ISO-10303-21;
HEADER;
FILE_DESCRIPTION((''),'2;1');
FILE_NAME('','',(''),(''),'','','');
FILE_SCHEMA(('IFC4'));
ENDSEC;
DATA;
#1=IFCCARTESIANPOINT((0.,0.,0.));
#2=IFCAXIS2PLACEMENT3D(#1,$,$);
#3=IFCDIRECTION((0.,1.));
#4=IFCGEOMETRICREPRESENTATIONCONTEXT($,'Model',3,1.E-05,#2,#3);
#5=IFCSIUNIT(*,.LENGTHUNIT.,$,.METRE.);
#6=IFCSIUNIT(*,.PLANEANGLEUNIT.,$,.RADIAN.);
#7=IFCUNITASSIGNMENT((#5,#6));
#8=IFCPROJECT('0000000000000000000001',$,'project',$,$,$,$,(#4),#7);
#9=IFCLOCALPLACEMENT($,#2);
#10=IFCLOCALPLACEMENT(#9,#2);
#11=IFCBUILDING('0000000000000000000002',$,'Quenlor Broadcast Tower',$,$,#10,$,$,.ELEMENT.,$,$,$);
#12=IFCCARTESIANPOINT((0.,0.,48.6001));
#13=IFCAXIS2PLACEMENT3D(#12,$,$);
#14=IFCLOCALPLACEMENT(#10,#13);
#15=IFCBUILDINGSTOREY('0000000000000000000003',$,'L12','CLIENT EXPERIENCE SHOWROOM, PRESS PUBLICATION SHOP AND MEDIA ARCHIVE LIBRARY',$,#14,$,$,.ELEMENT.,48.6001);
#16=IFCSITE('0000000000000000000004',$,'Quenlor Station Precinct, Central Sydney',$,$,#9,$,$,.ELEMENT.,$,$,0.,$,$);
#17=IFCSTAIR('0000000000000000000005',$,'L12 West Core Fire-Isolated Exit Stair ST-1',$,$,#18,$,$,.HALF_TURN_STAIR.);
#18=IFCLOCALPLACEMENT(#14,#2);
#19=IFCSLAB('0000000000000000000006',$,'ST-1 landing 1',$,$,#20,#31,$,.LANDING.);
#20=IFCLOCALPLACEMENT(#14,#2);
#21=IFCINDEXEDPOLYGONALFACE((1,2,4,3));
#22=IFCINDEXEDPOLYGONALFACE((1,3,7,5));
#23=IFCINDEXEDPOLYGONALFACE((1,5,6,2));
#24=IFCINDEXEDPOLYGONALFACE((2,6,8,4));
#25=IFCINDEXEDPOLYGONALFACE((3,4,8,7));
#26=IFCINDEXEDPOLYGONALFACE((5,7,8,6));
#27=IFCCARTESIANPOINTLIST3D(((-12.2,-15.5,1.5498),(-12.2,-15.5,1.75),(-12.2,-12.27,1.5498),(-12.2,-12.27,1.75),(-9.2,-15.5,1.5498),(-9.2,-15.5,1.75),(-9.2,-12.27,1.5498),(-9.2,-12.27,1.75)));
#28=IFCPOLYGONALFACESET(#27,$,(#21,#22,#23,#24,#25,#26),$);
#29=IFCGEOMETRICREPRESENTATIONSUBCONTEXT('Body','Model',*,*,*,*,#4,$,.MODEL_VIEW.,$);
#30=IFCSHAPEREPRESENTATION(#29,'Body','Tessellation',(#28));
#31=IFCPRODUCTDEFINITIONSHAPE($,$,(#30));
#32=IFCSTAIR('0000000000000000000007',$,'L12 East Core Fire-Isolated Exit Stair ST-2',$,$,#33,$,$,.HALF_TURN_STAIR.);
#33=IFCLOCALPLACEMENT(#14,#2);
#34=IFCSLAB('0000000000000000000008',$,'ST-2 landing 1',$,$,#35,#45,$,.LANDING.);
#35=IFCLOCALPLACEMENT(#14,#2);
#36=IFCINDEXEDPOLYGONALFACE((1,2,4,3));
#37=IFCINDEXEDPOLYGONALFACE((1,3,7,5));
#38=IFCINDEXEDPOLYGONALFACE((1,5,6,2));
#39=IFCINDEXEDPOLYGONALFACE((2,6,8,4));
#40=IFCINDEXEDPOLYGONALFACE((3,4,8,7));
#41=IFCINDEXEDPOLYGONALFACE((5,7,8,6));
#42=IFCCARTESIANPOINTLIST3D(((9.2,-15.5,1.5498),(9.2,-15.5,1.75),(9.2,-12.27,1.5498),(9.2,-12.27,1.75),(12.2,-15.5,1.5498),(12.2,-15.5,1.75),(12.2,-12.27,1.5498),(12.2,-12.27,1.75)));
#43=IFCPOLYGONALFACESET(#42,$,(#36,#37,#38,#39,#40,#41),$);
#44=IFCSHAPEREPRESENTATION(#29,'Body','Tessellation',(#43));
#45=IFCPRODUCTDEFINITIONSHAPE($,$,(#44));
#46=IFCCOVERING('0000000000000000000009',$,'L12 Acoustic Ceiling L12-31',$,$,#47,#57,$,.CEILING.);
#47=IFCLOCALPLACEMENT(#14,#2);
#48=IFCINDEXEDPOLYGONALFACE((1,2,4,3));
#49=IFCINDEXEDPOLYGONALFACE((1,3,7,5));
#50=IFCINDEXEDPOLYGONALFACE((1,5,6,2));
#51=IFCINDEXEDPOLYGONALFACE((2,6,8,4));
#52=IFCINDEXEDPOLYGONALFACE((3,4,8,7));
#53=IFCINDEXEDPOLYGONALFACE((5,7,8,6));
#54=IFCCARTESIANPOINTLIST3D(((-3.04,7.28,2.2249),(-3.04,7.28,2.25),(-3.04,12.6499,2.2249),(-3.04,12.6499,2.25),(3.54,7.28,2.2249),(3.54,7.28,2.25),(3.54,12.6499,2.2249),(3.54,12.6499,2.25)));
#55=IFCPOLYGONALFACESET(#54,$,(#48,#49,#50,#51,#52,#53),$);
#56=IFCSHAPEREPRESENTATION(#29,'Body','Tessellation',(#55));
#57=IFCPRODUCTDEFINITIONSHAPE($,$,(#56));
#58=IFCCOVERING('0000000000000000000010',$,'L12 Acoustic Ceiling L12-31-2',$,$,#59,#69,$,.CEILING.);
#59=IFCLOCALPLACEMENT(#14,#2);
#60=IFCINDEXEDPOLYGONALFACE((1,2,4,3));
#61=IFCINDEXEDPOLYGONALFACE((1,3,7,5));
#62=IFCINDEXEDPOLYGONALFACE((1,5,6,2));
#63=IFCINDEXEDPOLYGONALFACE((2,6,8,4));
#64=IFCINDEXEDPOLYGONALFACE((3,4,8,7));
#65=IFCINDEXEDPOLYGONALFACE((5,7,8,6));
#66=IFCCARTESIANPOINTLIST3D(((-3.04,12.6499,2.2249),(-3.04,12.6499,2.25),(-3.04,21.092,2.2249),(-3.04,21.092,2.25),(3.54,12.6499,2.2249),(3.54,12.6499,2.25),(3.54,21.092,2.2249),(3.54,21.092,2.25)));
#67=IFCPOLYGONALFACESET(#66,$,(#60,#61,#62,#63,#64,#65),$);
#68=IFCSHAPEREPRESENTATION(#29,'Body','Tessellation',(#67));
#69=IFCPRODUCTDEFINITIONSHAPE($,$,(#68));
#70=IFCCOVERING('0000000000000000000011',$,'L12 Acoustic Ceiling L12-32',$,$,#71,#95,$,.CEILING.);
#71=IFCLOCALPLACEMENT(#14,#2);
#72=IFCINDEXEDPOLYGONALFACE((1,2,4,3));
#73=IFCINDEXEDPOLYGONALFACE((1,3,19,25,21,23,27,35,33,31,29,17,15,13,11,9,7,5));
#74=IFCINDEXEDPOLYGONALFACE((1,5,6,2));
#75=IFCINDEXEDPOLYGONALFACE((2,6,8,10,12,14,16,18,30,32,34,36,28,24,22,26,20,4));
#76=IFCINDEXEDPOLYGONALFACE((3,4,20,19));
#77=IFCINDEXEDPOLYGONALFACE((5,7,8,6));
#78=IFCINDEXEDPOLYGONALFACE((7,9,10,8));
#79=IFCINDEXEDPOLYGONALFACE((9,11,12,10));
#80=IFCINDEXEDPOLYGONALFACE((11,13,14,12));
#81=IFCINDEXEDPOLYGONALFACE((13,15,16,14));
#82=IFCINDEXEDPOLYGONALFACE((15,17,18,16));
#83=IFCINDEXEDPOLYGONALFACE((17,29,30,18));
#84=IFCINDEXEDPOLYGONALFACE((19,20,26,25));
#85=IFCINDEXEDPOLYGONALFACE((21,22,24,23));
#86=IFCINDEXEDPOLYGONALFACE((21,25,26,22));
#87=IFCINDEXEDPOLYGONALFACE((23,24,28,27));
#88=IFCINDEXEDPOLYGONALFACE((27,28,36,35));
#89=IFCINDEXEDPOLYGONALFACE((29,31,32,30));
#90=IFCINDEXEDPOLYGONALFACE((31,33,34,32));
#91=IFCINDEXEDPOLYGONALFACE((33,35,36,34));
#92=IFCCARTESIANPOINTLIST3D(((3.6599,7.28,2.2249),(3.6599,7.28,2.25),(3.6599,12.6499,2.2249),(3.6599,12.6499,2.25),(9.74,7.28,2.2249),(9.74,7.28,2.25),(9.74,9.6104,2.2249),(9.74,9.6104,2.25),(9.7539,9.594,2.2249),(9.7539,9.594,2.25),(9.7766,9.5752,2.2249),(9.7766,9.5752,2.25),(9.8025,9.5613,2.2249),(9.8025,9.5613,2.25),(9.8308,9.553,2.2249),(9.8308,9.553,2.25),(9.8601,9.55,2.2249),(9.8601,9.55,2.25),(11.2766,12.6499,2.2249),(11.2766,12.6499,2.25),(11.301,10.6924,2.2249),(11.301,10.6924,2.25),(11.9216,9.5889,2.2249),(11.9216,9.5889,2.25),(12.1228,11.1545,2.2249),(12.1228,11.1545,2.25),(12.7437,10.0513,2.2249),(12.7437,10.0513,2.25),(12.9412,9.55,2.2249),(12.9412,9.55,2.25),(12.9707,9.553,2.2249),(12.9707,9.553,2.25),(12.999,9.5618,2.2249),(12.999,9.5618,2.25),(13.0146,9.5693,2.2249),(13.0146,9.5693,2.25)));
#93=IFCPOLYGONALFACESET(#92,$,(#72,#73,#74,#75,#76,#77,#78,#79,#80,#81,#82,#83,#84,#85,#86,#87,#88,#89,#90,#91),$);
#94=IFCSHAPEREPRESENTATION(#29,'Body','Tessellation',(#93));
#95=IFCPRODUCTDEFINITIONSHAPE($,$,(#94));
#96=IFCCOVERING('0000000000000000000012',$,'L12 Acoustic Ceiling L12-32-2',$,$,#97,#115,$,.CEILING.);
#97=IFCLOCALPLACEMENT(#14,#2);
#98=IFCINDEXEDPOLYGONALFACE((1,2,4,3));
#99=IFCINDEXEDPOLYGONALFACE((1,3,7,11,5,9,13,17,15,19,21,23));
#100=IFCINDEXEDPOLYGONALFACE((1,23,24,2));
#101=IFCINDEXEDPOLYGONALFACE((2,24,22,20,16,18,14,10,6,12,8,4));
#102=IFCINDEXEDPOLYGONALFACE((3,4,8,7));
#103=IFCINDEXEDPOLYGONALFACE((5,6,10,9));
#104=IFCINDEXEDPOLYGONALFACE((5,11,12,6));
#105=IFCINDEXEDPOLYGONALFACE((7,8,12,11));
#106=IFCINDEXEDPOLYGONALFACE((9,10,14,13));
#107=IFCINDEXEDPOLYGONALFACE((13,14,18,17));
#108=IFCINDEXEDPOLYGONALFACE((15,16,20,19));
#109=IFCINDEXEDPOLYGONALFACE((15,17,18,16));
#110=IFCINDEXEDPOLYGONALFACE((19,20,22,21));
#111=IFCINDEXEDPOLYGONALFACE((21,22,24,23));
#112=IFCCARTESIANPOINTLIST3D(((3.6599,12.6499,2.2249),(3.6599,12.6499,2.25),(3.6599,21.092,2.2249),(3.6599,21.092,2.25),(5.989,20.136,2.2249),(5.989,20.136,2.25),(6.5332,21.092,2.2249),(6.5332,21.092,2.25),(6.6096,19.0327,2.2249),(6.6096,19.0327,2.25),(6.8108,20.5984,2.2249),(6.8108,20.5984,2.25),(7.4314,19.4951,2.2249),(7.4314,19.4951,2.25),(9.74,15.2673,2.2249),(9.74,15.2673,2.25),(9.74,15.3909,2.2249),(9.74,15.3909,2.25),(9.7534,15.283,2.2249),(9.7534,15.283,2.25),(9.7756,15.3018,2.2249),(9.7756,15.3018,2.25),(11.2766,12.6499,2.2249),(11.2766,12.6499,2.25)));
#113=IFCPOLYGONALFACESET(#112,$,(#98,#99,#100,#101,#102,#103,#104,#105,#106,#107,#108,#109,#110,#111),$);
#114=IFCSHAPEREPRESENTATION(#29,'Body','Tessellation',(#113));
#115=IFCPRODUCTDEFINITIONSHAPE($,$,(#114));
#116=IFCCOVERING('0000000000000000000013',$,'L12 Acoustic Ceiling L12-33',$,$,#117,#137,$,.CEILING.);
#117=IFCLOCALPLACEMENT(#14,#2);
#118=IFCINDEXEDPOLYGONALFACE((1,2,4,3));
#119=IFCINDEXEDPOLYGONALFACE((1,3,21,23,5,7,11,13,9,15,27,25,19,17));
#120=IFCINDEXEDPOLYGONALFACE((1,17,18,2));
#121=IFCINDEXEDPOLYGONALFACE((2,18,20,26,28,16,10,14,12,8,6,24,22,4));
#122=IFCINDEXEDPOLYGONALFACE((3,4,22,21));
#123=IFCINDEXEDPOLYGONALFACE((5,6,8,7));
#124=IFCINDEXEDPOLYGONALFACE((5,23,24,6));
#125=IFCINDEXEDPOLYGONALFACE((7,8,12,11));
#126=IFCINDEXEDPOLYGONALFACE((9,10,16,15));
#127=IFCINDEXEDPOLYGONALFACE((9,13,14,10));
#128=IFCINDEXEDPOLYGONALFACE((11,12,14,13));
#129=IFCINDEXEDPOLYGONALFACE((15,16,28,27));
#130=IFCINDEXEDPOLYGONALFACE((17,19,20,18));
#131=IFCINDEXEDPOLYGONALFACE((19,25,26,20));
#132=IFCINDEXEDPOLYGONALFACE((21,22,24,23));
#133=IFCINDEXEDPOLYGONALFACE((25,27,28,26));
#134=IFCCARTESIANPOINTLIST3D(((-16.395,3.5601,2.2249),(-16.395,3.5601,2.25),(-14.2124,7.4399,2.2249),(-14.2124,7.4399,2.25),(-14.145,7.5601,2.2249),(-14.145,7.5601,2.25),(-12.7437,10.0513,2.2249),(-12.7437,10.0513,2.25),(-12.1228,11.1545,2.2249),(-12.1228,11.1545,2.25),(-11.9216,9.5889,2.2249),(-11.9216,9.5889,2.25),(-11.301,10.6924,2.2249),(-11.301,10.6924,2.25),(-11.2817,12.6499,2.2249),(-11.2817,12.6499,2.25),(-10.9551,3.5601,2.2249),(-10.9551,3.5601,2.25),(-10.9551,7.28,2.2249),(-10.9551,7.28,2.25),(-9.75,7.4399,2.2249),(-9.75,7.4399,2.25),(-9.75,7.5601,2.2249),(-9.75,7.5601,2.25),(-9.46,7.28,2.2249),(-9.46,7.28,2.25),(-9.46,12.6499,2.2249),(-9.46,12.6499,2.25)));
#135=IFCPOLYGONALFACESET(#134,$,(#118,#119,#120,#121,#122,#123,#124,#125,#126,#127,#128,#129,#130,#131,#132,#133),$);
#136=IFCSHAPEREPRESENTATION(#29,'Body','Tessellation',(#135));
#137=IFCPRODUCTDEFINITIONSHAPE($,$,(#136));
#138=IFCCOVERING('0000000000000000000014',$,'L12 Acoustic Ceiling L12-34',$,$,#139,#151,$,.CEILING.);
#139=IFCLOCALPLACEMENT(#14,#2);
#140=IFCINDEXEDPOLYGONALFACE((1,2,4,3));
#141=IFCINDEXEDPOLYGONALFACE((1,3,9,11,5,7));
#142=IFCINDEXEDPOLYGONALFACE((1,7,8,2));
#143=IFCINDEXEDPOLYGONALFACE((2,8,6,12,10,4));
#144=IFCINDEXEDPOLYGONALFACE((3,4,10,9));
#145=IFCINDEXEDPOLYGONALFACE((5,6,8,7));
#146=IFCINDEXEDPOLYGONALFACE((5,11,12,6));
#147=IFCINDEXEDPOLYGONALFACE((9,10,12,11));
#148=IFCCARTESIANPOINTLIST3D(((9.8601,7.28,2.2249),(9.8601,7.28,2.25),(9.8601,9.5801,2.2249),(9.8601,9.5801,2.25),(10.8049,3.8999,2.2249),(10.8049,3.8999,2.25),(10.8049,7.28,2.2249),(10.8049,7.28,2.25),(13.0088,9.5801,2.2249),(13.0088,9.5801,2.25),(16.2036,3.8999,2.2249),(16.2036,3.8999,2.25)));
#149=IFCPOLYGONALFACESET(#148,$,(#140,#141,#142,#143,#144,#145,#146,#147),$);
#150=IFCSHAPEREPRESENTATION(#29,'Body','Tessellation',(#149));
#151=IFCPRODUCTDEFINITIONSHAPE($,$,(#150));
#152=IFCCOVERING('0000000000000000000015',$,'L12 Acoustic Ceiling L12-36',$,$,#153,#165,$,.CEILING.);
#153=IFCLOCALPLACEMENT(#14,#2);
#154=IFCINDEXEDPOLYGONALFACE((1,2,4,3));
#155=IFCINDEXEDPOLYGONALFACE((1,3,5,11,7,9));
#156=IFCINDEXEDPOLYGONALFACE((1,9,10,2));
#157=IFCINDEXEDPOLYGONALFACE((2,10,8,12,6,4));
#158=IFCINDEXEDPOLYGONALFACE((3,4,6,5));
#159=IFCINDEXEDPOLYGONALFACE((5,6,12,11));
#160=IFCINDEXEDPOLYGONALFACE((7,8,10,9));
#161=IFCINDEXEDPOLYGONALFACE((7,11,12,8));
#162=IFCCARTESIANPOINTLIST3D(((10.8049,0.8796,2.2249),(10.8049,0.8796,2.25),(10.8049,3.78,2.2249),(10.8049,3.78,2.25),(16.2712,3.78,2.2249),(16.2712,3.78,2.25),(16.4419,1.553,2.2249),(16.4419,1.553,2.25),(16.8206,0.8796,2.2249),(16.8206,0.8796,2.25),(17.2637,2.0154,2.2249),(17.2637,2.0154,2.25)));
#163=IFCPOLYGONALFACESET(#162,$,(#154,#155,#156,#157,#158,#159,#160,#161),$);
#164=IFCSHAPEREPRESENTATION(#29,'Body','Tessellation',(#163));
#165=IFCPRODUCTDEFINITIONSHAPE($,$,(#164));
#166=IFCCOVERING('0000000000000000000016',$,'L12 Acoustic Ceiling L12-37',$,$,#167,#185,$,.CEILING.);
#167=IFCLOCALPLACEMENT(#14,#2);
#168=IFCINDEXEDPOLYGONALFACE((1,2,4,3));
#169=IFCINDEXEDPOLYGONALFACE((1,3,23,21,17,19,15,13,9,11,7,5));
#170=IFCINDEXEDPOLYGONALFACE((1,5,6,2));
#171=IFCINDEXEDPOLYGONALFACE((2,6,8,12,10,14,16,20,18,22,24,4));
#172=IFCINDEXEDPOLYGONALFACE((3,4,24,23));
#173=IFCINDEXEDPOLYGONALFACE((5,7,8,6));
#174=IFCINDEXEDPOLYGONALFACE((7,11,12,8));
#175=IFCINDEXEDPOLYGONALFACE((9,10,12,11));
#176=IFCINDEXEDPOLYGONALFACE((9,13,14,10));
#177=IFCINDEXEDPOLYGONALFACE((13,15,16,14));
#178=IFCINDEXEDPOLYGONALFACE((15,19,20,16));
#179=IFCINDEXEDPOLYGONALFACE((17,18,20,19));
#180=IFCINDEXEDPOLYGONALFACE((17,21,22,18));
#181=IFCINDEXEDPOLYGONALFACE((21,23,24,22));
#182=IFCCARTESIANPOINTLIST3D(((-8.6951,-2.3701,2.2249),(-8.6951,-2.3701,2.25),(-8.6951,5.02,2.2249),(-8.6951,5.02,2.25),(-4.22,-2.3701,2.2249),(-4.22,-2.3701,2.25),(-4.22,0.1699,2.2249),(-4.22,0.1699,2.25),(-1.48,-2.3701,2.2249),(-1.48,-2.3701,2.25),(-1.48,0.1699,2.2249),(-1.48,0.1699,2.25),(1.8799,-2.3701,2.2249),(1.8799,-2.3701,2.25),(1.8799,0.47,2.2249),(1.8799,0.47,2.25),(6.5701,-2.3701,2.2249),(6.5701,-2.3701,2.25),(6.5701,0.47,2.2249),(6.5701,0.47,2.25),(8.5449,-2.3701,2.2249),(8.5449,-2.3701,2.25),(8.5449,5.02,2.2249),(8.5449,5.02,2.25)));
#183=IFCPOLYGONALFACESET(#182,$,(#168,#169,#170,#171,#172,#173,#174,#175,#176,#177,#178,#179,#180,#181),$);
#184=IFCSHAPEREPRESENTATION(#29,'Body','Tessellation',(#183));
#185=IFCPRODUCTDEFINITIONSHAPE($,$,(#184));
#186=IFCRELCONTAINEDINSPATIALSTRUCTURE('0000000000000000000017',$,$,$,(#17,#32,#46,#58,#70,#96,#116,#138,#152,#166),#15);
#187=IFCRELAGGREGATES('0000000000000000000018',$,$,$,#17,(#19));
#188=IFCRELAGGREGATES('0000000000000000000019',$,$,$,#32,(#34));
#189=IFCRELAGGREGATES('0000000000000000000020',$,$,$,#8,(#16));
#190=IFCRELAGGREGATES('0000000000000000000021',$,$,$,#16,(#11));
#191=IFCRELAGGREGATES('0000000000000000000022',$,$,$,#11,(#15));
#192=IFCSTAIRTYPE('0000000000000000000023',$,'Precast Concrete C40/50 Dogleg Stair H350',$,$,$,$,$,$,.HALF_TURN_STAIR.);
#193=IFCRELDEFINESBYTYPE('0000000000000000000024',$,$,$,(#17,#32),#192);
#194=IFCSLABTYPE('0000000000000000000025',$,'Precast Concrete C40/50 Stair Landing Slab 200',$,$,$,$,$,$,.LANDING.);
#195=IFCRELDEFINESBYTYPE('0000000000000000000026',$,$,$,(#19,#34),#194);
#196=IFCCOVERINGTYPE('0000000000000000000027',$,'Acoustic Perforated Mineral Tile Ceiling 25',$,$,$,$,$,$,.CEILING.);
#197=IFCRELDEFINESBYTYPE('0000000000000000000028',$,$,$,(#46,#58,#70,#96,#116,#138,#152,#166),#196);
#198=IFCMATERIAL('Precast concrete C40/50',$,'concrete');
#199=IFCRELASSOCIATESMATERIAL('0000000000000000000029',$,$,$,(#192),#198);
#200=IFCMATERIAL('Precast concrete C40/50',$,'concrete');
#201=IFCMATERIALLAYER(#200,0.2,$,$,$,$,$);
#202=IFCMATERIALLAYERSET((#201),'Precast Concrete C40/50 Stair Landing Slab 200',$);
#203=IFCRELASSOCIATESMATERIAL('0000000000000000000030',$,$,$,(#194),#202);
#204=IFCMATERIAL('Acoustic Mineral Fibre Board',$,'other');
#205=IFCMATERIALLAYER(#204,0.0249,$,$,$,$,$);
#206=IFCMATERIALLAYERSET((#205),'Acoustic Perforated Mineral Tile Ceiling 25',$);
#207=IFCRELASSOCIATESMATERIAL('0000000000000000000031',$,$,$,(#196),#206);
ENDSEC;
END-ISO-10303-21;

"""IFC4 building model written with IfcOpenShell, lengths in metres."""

from ifc_helpers import new_model, si_unit, direction, frame, origin, place, context, subcontext, project, spatial, polyline, outline, extrude, material, layer, layer_set, type_object, element, aggregate, save


model = new_model("IFC4")

# Units and contexts
model_context = context("Model", 3, precision=1e-05, world=origin(), true_north=direction((0.0, 1.0)))
body_context = subcontext(model_context, "Body", "Model", "MODEL_VIEW")
ifc_project = project(units=[si_unit("LENGTHUNIT", "METRE"), si_unit("PLANEANGLEUNIT", "RADIAN")], contexts=[model_context])

# Site, building, storey
site_placement = place(None, origin())
site = spatial("IfcSite", under=ifc_project, at=site_placement, Name="Quenlor Station Precinct, Central Sydney", CompositionType="ELEMENT", RefElevation=0.0)
building_placement = place(site_placement, origin())
building = spatial("IfcBuilding", under=site, at=building_placement, Name="Quenlor Broadcast Tower", CompositionType="ELEMENT")
storey_placement = place(building_placement, frame((0.0, 0.0, 48.6001)))
storey = spatial("IfcBuildingStorey", under=building, at=storey_placement, Name="L12", Description="CLIENT EXPERIENCE SHOWROOM, PRESS PUBLICATION SHOP AND MEDIA ARCHIVE LIBRARY", CompositionType="ELEMENT", Elevation=48.6001)

# Stairs, slabs
ifc_material_1 = material(Name="Precast concrete C40/50", Category="concrete")
stair_type = type_object("IfcStairType", Name="Precast Concrete C40/50 Dogleg Stair H350", PredefinedType="HALF_TURN_STAIR", material=ifc_material_1)
stair_1_placement = place(storey_placement, origin())
stair_1 = element("IfcStair", 1, at=stair_1_placement, inside=storey, type_object=stair_type, Name="L12 West Core Fire-Isolated Exit Stair ST-1", PredefinedType="HALF_TURN_STAIR")
ifc_material_2 = material(Name="Precast concrete C40/50", Category="concrete")
ifc_layer_1 = layer(ifc_material_2, 0.2)
ifc_layer_set_1 = layer_set([ifc_layer_1], Name="Precast Concrete C40/50 Stair Landing Slab 200")
slab_type = type_object("IfcSlabType", Name="Precast Concrete C40/50 Stair Landing Slab 200", PredefinedType="LANDING", material=ifc_layer_set_1)
slab_1_placement = place(storey_placement, frame((0.0, 0.0, 1.5498)))
slab_1 = element("IfcSlab", 2, at=slab_1_placement, type_object=slab_type, Name="ST-1 landing 1", PredefinedType="LANDING", context=body_context, shape_type="SweptSolid", body=[
    extrude(outline(polyline([(-12.2, -12.27), (-12.2, -15.5), (-9.2, -15.5), (-9.2, -12.27), (-12.2, -12.27)])), origin(), (0.0, 0.0, 1.0), 0.2002),
])
aggregate(stair_1, [slab_1])
stair_2_placement = place(storey_placement, origin())
stair_2 = element("IfcStair", 3, at=stair_2_placement, inside=storey, type_object=stair_type, Name="L12 East Core Fire-Isolated Exit Stair ST-2", PredefinedType="HALF_TURN_STAIR")
slab_2_placement = place(storey_placement, frame((0.0, 0.0, 1.5498)))
slab_2 = element("IfcSlab", 4, at=slab_2_placement, type_object=slab_type, Name="ST-2 landing 1", PredefinedType="LANDING", context=body_context, shape_type="SweptSolid", body=[
    extrude(outline(polyline([(9.2, -12.27), (9.2, -15.5), (12.2, -15.5), (12.2, -12.27), (9.2, -12.27)])), origin(), (0.0, 0.0, 1.0), 0.2002),
])
aggregate(stair_2, [slab_2])

# Coverings
ifc_material_3 = material(Name="Acoustic Mineral Fibre Board", Category="other")
ifc_layer_2 = layer(ifc_material_3, 0.0249)
ifc_layer_set_2 = layer_set([ifc_layer_2], Name="Acoustic Perforated Mineral Tile Ceiling 25")
covering_type_1 = type_object("IfcCoveringType", Name="Acoustic Perforated Mineral Tile Ceiling 25", PredefinedType="CEILING", material=ifc_layer_set_2)
covering_1_placement = place(storey_placement, frame((0.0, 0.0, 2.2249)))
element("IfcCovering", 5, at=covering_1_placement, inside=storey, type_object=covering_type_1, Name="L12 Acoustic Ceiling L12-31", PredefinedType="CEILING", context=body_context, shape_type="SweptSolid", body=[
    extrude(outline(polyline([(-3.04, 12.6499), (3.54, 12.6499), (3.54, 7.28), (-3.04, 7.28), (-3.04, 12.6499)])), origin(), (0.0, 0.0, 1.0), 0.0251),
])
covering_2_placement = place(storey_placement, frame((0.0, 0.0, 2.2249)))
element("IfcCovering", 6, at=covering_2_placement, inside=storey, type_object=covering_type_1, Name="L12 Acoustic Ceiling L12-31-2", PredefinedType="CEILING", context=body_context, shape_type="SweptSolid", body=[
    extrude(outline(polyline([(-3.04, 21.092), (3.54, 21.092), (3.54, 12.6499), (-3.04, 12.6499), (-3.04, 21.092)])), origin(), (0.0, 0.0, 1.0), 0.0251),
])
covering_3_placement = place(storey_placement, frame((0.0, 0.0, 2.2249)))
element("IfcCovering", 7, at=covering_3_placement, inside=storey, type_object=covering_type_1, Name="L12 Acoustic Ceiling L12-32", PredefinedType="CEILING", context=body_context, shape_type="SweptSolid", body=[
    extrude(outline(polyline([(12.9412, 9.55), (9.8601, 9.55), (9.8308, 9.553), (9.8025, 9.5613), (9.7766, 9.5752), (9.7539, 9.594), (9.74, 9.6104), (9.74, 7.28), (3.6599, 7.28), (3.6599, 12.6499), (11.2766, 12.6499), (12.1228, 11.1545), (11.301, 10.6924), (11.9216, 9.5889), (12.7437, 10.0513), (13.0146, 9.5693), (12.999, 9.5618), (12.9707, 9.553), (12.9412, 9.55)])), origin(), (0.0, 0.0, 1.0), 0.0251),
])
covering_4_placement = place(storey_placement, frame((0.0, 0.0, 2.2249)))
element("IfcCovering", 8, at=covering_4_placement, inside=storey, type_object=covering_type_1, Name="L12 Acoustic Ceiling L12-32-2", PredefinedType="CEILING", context=body_context, shape_type="SweptSolid", body=[
    extrude(outline(polyline([(3.6599, 21.092), (6.5332, 21.092), (6.8108, 20.5984), (5.989, 20.136), (6.6096, 19.0327), (7.4314, 19.4951), (9.74, 15.3909), (9.74, 15.2673), (9.7534, 15.283), (9.7756, 15.3018), (11.2766, 12.6499), (3.6599, 12.6499), (3.6599, 21.092)])), origin(), (0.0, 0.0, 1.0), 0.0251),
])
covering_5_placement = place(storey_placement, frame((0.0, 0.0, 2.2249)))
element("IfcCovering", 9, at=covering_5_placement, inside=storey, type_object=covering_type_1, Name="L12 Acoustic Ceiling L12-33", PredefinedType="CEILING", context=body_context, shape_type="SweptSolid", body=[
    extrude(outline(polyline([(-14.145, 7.5601), (-12.7437, 10.0513), (-11.9216, 9.5889), (-11.301, 10.6924), (-12.1228, 11.1545), (-11.2817, 12.6499), (-9.46, 12.6499), (-9.46, 7.28), (-10.9551, 7.28), (-10.9551, 3.5601), (-16.395, 3.5601), (-14.2124, 7.4399), (-9.75, 7.4399), (-9.75, 7.5601), (-14.145, 7.5601)])), origin(), (0.0, 0.0, 1.0), 0.0251),
])
covering_6_placement = place(storey_placement, frame((0.0, 0.0, 2.2249)))
element("IfcCovering", 10, at=covering_6_placement, inside=storey, type_object=covering_type_1, Name="L12 Acoustic Ceiling L12-34", PredefinedType="CEILING", context=body_context, shape_type="SweptSolid", body=[
    extrude(outline(polyline([(9.8601, 7.28), (9.8601, 9.5801), (13.0088, 9.5801), (16.2036, 3.8999), (10.8049, 3.8999), (10.8049, 7.28), (9.8601, 7.28)])), origin(), (0.0, 0.0, 1.0), 0.0251),
])
covering_7_placement = place(storey_placement, frame((0.0, 0.0, 2.2249)))
element("IfcCovering", 11, at=covering_7_placement, inside=storey, type_object=covering_type_1, Name="L12 Acoustic Ceiling L12-36", PredefinedType="CEILING", context=body_context, shape_type="SweptSolid", body=[
    extrude(outline(polyline([(16.4419, 1.553), (16.8206, 0.8796), (10.8049, 0.8796), (10.8049, 3.78), (16.2712, 3.78), (17.2637, 2.0154), (16.4419, 1.553)])), origin(), (0.0, 0.0, 1.0), 0.0251),
])
covering_8_placement = place(storey_placement, frame((0.0, 0.0, 2.2249)))
element("IfcCovering", 12, at=covering_8_placement, inside=storey, type_object=covering_type_1, Name="L12 Acoustic Ceiling L12-37", PredefinedType="CEILING", context=body_context, shape_type="SweptSolid", body=[
    extrude(outline(polyline([(8.5449, 5.02), (8.5449, -2.3701), (6.5701, -2.3701), (6.5701, 0.47), (1.8799, 0.47), (1.8799, -2.3701), (-1.48, -2.3701), (-1.48, 0.1699), (-4.22, 0.1699), (-4.22, -2.3701), (-8.6951, -2.3701), (-8.6951, 5.02), (8.5449, 5.02)])), origin(), (0.0, 0.0, 1.0), 0.0251),
])

save(model, "model.ifc")
